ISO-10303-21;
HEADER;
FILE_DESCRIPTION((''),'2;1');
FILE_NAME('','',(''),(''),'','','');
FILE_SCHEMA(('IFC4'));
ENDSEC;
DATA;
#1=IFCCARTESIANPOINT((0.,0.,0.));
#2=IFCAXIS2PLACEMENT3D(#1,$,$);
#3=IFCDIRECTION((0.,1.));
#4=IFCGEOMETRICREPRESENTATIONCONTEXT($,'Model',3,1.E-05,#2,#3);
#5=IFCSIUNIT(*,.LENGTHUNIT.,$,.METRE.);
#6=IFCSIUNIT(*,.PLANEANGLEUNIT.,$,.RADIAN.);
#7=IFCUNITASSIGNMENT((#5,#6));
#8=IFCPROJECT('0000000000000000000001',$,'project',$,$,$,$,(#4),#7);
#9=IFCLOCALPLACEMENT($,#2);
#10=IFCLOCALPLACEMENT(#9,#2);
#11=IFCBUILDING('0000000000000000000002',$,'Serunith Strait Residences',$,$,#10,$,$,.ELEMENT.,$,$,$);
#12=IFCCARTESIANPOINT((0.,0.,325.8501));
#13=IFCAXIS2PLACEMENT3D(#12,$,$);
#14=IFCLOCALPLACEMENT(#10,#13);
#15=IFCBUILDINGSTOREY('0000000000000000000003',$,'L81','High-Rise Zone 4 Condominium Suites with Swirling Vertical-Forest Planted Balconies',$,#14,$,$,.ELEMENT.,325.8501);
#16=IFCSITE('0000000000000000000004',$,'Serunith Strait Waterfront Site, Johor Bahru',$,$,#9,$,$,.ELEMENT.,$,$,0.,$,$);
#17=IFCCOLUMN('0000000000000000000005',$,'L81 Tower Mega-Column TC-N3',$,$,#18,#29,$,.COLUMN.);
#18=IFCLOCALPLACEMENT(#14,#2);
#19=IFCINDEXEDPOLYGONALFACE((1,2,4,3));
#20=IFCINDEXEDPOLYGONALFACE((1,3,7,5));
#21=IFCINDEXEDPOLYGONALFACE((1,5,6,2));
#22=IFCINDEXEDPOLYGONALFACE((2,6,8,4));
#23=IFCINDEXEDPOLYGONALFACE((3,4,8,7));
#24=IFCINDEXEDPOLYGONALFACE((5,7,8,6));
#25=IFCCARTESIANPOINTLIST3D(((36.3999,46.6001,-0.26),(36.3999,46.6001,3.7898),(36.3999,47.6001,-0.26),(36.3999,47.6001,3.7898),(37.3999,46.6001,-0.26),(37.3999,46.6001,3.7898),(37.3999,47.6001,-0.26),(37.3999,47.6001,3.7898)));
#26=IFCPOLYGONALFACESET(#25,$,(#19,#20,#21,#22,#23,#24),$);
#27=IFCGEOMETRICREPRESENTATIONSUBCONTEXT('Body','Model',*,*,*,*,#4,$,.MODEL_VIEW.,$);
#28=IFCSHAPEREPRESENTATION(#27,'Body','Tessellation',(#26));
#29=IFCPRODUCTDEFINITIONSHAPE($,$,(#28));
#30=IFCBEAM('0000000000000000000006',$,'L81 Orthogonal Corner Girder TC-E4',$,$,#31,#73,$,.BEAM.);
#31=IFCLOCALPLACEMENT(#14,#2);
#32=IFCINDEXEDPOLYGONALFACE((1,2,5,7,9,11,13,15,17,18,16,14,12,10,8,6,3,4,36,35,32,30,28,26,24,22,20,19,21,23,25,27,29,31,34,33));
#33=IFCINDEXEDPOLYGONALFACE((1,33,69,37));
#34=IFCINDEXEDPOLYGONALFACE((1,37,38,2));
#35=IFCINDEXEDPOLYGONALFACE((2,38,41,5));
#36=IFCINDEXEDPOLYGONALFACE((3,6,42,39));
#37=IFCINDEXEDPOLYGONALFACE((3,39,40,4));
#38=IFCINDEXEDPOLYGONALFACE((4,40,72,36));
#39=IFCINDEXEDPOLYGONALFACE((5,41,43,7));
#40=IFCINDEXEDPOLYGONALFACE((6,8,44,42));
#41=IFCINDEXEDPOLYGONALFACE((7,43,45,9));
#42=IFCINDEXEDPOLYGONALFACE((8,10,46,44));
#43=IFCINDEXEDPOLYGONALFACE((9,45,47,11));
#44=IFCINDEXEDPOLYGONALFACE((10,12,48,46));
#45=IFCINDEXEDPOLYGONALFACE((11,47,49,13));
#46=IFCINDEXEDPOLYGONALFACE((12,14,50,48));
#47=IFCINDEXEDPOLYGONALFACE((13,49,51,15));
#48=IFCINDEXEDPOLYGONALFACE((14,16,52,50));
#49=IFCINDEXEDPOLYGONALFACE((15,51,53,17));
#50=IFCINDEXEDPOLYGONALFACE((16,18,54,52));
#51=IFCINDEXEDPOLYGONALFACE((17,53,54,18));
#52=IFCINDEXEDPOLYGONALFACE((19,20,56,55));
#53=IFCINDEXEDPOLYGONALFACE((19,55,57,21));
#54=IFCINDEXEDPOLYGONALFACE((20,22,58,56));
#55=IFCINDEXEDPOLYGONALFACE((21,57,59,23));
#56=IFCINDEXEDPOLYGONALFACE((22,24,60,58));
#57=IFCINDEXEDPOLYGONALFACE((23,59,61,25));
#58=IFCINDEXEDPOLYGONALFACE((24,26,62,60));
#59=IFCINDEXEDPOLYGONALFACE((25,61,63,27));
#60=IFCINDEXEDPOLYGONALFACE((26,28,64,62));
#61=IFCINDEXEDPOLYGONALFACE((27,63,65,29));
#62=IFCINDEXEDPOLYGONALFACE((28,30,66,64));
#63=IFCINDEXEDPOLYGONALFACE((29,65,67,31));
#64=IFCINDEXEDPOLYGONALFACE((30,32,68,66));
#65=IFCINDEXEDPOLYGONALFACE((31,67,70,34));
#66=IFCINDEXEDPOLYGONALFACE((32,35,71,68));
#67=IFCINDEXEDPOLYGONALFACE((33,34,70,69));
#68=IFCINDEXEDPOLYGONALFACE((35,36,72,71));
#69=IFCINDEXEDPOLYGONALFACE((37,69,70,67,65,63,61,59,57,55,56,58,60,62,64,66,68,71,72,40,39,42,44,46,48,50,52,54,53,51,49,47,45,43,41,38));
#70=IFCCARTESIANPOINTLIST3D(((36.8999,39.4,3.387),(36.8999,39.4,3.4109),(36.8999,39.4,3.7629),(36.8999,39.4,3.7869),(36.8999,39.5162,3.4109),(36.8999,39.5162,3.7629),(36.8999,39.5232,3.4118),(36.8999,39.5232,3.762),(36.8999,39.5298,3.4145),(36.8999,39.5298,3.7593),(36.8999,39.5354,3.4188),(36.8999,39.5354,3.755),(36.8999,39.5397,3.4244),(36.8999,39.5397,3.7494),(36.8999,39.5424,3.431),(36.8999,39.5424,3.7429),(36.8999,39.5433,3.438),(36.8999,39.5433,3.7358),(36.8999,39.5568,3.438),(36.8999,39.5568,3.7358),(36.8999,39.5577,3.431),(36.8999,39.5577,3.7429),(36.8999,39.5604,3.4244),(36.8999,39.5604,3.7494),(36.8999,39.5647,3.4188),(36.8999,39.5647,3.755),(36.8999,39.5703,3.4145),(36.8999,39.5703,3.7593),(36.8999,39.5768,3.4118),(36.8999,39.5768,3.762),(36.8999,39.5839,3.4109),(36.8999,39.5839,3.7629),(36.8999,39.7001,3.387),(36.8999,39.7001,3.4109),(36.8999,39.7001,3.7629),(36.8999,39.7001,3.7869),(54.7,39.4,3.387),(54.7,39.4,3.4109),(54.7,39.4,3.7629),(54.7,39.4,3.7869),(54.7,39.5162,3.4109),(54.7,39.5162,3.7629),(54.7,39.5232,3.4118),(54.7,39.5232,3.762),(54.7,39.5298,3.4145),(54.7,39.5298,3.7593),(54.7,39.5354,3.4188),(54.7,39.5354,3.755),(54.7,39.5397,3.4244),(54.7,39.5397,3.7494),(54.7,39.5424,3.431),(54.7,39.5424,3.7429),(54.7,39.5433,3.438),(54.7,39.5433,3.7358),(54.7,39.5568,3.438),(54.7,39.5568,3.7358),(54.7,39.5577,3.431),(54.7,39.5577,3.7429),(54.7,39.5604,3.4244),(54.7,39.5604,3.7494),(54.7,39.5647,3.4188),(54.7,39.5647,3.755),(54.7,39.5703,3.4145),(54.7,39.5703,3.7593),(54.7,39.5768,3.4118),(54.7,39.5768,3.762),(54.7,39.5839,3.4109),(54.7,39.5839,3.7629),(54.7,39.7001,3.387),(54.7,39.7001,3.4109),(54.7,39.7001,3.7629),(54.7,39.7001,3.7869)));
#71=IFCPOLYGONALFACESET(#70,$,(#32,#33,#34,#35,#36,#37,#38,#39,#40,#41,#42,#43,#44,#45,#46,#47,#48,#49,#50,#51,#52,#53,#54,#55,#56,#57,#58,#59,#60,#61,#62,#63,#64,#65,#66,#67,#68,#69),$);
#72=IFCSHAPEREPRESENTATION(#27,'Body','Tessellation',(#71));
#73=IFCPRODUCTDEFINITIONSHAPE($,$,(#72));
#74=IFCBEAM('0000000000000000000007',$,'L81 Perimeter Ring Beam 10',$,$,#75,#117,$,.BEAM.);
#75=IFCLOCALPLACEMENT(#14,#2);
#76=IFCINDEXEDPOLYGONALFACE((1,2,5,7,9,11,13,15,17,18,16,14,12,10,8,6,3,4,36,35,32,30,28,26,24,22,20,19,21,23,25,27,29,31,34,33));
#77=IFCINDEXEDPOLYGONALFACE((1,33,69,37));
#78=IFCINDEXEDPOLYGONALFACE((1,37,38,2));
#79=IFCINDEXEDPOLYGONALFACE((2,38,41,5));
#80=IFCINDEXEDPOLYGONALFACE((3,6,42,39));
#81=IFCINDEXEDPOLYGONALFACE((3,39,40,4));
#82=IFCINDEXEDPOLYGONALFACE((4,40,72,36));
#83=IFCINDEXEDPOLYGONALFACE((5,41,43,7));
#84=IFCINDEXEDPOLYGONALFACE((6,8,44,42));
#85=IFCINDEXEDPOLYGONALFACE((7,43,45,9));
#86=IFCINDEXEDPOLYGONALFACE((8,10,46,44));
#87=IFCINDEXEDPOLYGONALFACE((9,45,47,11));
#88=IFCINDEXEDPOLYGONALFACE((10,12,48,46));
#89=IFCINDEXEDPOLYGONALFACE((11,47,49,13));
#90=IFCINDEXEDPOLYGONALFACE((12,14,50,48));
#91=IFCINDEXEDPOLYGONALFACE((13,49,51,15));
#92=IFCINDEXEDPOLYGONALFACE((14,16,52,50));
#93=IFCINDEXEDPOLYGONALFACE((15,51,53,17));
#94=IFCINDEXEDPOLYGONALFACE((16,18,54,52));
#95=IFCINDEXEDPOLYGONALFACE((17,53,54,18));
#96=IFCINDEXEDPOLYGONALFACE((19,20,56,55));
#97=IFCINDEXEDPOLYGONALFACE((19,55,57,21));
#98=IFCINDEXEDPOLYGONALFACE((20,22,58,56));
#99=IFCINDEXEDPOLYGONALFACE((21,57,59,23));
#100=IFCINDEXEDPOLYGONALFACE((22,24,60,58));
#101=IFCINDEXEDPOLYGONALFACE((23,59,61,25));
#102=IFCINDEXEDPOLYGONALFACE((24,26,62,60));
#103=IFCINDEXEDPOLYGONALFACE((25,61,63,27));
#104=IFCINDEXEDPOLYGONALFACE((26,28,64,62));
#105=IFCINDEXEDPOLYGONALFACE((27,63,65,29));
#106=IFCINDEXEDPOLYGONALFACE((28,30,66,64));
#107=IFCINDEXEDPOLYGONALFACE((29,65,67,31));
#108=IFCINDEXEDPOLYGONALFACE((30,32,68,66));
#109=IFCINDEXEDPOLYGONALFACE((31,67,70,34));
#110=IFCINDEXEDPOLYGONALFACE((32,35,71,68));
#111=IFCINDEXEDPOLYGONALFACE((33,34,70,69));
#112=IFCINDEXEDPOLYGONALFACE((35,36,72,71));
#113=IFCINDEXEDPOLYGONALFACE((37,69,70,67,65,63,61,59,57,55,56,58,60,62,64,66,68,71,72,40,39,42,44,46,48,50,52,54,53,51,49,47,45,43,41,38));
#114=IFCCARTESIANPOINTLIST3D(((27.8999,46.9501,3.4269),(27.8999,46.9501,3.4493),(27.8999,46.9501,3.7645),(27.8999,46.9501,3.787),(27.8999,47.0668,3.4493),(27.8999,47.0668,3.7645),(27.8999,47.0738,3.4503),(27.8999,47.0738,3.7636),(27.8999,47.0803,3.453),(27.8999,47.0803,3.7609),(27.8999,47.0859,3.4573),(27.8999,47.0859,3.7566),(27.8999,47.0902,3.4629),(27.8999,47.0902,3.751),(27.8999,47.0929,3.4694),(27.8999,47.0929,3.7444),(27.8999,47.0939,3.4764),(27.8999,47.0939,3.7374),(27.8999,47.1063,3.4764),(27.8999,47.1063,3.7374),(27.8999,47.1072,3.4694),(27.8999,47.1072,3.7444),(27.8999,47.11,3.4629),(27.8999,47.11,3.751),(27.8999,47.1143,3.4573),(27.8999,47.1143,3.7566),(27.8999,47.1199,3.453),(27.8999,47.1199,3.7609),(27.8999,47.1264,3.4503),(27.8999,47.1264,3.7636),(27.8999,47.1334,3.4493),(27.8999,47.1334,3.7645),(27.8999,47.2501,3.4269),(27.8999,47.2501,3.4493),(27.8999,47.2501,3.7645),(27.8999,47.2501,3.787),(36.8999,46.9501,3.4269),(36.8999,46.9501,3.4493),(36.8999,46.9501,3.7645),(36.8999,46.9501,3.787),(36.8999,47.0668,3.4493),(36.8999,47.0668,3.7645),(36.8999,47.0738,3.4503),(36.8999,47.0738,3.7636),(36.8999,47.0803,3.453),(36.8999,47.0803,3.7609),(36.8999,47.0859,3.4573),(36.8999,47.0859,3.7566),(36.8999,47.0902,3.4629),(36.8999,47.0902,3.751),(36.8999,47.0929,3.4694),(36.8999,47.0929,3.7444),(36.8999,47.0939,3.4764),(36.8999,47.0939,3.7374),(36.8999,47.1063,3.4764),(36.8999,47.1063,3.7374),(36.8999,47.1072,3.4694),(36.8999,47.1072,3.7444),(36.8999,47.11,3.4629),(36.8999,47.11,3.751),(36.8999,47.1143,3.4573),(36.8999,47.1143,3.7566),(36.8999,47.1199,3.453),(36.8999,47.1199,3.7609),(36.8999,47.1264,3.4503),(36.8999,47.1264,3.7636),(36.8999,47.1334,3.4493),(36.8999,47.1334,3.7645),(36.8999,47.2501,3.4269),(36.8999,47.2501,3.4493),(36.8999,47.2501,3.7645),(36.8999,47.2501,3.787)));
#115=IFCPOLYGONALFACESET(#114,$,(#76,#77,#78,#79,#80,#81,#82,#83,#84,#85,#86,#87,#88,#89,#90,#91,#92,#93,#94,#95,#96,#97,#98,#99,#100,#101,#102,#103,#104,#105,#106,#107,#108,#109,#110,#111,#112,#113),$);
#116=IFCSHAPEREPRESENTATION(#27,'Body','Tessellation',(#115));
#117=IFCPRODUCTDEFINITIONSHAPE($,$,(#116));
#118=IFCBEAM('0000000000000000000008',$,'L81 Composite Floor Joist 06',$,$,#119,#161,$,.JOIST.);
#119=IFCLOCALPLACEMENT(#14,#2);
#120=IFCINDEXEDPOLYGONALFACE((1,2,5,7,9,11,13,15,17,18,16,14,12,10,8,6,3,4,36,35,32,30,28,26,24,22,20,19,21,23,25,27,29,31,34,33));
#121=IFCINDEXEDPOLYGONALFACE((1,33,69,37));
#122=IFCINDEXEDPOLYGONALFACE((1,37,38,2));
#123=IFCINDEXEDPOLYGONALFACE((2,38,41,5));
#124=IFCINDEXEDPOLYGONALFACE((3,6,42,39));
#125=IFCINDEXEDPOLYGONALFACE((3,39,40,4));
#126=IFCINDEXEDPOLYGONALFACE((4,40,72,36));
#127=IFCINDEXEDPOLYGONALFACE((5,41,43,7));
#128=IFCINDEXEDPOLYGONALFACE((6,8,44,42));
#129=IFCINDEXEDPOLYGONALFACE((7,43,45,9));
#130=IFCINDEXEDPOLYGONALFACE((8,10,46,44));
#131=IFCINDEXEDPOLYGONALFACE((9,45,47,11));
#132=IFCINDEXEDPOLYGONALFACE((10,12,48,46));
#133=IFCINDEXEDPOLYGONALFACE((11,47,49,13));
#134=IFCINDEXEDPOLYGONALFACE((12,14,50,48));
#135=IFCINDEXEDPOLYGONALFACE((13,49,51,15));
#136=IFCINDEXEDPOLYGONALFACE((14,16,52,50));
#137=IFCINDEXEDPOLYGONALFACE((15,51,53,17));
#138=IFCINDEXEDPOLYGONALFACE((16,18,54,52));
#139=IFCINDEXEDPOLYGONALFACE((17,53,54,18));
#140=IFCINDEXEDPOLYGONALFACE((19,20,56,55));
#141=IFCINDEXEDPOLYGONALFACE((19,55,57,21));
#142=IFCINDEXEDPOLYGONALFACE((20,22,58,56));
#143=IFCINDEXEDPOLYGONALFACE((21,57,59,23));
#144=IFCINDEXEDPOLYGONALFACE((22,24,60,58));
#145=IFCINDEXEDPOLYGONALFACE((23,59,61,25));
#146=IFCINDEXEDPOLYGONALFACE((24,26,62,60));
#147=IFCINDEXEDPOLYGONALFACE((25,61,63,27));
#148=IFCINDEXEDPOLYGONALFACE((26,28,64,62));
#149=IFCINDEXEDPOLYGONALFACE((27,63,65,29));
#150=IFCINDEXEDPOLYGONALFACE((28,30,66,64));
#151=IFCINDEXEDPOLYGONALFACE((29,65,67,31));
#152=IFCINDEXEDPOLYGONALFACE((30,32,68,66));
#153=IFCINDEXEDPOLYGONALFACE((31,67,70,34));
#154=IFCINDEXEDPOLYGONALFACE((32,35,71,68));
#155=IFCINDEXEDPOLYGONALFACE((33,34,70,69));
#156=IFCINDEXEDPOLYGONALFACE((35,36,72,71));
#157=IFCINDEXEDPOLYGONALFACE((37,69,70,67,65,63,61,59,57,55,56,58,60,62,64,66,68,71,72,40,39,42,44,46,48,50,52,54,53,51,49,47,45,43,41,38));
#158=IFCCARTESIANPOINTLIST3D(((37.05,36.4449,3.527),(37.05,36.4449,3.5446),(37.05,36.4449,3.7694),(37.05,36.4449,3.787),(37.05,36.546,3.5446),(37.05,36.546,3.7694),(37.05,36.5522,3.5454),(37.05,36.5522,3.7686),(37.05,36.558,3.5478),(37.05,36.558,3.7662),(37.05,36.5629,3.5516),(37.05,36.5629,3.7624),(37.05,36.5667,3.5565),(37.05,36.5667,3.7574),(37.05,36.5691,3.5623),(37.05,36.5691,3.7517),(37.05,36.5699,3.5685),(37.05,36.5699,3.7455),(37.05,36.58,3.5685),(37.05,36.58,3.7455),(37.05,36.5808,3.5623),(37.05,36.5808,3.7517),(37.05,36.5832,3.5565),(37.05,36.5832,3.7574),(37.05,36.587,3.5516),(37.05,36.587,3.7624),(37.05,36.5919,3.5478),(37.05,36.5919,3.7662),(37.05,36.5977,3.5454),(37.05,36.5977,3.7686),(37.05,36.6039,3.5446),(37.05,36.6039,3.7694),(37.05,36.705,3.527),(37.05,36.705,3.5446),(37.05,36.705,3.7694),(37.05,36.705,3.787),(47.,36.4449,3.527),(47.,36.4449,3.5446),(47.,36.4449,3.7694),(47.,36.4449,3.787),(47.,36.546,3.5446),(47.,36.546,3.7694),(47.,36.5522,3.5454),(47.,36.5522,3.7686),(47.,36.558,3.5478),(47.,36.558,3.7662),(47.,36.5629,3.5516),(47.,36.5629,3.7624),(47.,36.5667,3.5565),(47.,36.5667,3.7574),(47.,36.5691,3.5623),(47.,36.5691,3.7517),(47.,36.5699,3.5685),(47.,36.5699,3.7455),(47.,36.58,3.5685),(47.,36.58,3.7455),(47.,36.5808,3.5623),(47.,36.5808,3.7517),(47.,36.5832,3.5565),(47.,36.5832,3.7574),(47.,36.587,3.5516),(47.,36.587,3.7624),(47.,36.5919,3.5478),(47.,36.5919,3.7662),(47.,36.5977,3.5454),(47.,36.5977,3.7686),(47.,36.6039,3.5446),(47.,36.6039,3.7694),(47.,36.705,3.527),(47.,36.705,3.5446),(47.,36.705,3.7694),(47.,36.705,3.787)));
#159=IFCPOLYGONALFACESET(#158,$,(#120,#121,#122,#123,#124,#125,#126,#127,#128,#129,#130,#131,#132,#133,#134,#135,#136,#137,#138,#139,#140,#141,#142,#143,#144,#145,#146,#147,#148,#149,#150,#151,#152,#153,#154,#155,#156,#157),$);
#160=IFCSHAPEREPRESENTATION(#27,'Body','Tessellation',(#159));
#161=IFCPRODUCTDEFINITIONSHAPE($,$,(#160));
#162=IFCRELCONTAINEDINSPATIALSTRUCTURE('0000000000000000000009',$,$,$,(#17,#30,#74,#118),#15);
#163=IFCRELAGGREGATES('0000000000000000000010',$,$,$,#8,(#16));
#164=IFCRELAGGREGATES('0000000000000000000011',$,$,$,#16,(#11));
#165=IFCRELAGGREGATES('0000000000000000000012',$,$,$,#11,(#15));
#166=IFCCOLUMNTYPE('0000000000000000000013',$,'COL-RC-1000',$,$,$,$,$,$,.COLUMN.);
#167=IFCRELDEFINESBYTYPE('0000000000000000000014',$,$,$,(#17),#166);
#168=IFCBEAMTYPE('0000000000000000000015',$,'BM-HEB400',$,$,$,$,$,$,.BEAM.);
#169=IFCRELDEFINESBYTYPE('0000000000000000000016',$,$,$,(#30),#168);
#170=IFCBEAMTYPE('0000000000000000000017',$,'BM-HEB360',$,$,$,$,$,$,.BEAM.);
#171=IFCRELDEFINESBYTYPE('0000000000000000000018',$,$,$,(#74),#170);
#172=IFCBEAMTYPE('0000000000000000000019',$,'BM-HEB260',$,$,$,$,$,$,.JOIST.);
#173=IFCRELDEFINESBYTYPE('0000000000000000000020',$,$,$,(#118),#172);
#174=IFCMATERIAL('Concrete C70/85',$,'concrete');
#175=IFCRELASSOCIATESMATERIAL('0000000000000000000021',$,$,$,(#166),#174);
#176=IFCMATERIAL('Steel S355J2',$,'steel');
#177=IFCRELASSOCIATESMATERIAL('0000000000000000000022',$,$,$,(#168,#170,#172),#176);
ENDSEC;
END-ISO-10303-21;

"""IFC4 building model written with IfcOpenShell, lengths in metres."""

from ifc_helpers import new_model, si_unit, direction, frame, origin, origin_2d, place, context, subcontext, project, spatial, rectangle, i_section, extrude, source, transform, mapped, material, material_profile, profile_set, type_object, element, save


model = new_model("IFC4")

# Units and contexts
model_context = context("Model", 3, precision=1e-05, world=origin(), true_north=direction((0.0, 1.0)))
body_context = subcontext(model_context, "Body", "Model", "MODEL_VIEW")
ifc_project = project(units=[si_unit("LENGTHUNIT", "METRE"), si_unit("PLANEANGLEUNIT", "RADIAN")], contexts=[model_context])

# Site, building, storey
site_placement = place(None, origin())
site = spatial("IfcSite", under=ifc_project, at=site_placement, Name="Serunith Strait Waterfront Site, Johor Bahru", CompositionType="ELEMENT", RefElevation=0.0)
building_placement = place(site_placement, origin())
building = spatial("IfcBuilding", under=site, at=building_placement, Name="Serunith Strait Residences", CompositionType="ELEMENT")
storey_placement = place(building_placement, frame((0.0, 0.0, 325.8501)))
storey = spatial("IfcBuildingStorey", under=building, at=storey_placement, Name="L81", Description="High-Rise Zone 4 Condominium Suites with Swirling Vertical-Forest Planted Balconies", CompositionType="ELEMENT", Elevation=325.8501)

# Column
ifc_material_1 = material(Name="Concrete C70/85", Category="concrete")
ifc_material_profile_1 = material_profile(ifc_material_1, rectangle(XDim=1.0, YDim=1.0, at=origin_2d()), Name="RC 1000x1000")
ifc_profile_set_1 = profile_set([ifc_material_profile_1], Name="Concrete C70/85")
column_type = type_object("IfcColumnType", Name="COL-RC-1000", PredefinedType="COLUMN", material=ifc_profile_set_1)
shared_shape_1 = source(origin(), body_context, "Body", "SweptSolid", [
    extrude(rectangle(XDim=1.0, YDim=1.0, at=origin_2d()), origin(), (0.0, 0.0, 1.0), 4.0498),
])
column_placement = place(storey_placement, frame((36.8999, 47.1001, -0.26), z_axis=(0.0, 0.0, 1.0), x_axis=(1.0, 0.0, 0.0)))
element("IfcColumn", 1, at=column_placement, inside=storey, type_object=column_type, Name="L81 Tower Mega-Column TC-N3", PredefinedType="COLUMN", context=body_context, shape_type="MappedRepresentation", body=[
    mapped(shared_shape_1, transform((0.0, 0.0, 0.0), scale=1.0)),
])

# Beams
ifc_material_2 = material(Name="Steel S355J2", Category="steel")
ifc_material_profile_2 = material_profile(ifc_material_2, i_section(OverallWidth=0.3, OverallDepth=0.3999, WebThickness=0.0134, FlangeThickness=0.0239, FilletRadius=0.0271, at=origin_2d()), Name="HEB 400")
ifc_profile_set_2 = profile_set([ifc_material_profile_2], Name="Steel S355J2")
beam_type_1 = type_object("IfcBeamType", Name="BM-HEB400", PredefinedType="BEAM", material=ifc_profile_set_2)
shared_shape_2 = source(origin(), body_context, "Body", "SweptSolid", [
    extrude(i_section(OverallWidth=0.3, OverallDepth=0.3999, WebThickness=0.0134, FlangeThickness=0.0239, FilletRadius=0.0271, at=origin_2d()), origin(), (0.0, 0.0, 1.0), 17.8),
])
beam_1_placement = place(storey_placement, frame((36.8999, 39.55, 3.5869), z_axis=(1.0, 0.0, 0.0), x_axis=(0.0, 1.0, 0.0)))
element("IfcBeam", 2, at=beam_1_placement, inside=storey, type_object=beam_type_1, Name="L81 Orthogonal Corner Girder TC-E4", PredefinedType="BEAM", context=body_context, shape_type="MappedRepresentation", body=[
    mapped(shared_shape_2, transform((0.0, 0.0, 0.0), scale=1.0)),
])
ifc_material_profile_3 = material_profile(ifc_material_2, i_section(OverallWidth=0.3, OverallDepth=0.3601, WebThickness=0.0125, FlangeThickness=0.0225, FilletRadius=0.0271, at=origin_2d()), Name="HEB 360")
ifc_profile_set_3 = profile_set([ifc_material_profile_3], Name="Steel S355J2")
beam_type_2 = type_object("IfcBeamType", Name="BM-HEB360", PredefinedType="BEAM", material=ifc_profile_set_3)
shared_shape_3 = source(origin(), body_context, "Body", "SweptSolid", [
    extrude(i_section(OverallWidth=0.3, OverallDepth=0.3601, WebThickness=0.0125, FlangeThickness=0.0225, FilletRadius=0.0271, at=origin_2d()), origin(), (0.0, 0.0, 1.0), 9.0),
])
beam_2_placement = place(storey_placement, frame((36.8999, 47.1001, 3.6069), z_axis=(-1.0, 0.0, 0.0), x_axis=(0.0, -1.0, 0.0)))
element("IfcBeam", 3, at=beam_2_placement, inside=storey, type_object=beam_type_2, Name="L81 Perimeter Ring Beam 10", PredefinedType="BEAM", context=body_context, shape_type="MappedRepresentation", body=[
    mapped(shared_shape_3, transform((0.0, 0.0, 0.0), scale=1.0)),
])
ifc_material_profile_4 = material_profile(ifc_material_2, i_section(OverallWidth=0.26, OverallDepth=0.26, WebThickness=0.01, FlangeThickness=0.0176, FilletRadius=0.0239, at=origin_2d()), Name="HEB 260")
ifc_profile_set_4 = profile_set([ifc_material_profile_4], Name="Steel S355J2")
beam_type_3 = type_object("IfcBeamType", Name="BM-HEB260", PredefinedType="JOIST", material=ifc_profile_set_4)
shared_shape_4 = source(origin(), body_context, "Body", "SweptSolid", [
    extrude(i_section(OverallWidth=0.26, OverallDepth=0.26, WebThickness=0.01, FlangeThickness=0.0176, FilletRadius=0.0239, at=origin_2d()), origin(), (0.0, 0.0, 1.0), 9.95),
])
beam_3_placement = place(storey_placement, frame((37.05, 36.575, 3.657), z_axis=(1.0, 0.0, 0.0), x_axis=(0.0, 1.0, 0.0)))
element("IfcBeam", 4, at=beam_3_placement, inside=storey, type_object=beam_type_3, Name="L81 Composite Floor Joist 06", PredefinedType="JOIST", context=body_context, shape_type="MappedRepresentation", body=[
    mapped(shared_shape_4, transform((0.0, 0.0, 0.0), scale=1.0)),
])

save(model, "model.ifc")
